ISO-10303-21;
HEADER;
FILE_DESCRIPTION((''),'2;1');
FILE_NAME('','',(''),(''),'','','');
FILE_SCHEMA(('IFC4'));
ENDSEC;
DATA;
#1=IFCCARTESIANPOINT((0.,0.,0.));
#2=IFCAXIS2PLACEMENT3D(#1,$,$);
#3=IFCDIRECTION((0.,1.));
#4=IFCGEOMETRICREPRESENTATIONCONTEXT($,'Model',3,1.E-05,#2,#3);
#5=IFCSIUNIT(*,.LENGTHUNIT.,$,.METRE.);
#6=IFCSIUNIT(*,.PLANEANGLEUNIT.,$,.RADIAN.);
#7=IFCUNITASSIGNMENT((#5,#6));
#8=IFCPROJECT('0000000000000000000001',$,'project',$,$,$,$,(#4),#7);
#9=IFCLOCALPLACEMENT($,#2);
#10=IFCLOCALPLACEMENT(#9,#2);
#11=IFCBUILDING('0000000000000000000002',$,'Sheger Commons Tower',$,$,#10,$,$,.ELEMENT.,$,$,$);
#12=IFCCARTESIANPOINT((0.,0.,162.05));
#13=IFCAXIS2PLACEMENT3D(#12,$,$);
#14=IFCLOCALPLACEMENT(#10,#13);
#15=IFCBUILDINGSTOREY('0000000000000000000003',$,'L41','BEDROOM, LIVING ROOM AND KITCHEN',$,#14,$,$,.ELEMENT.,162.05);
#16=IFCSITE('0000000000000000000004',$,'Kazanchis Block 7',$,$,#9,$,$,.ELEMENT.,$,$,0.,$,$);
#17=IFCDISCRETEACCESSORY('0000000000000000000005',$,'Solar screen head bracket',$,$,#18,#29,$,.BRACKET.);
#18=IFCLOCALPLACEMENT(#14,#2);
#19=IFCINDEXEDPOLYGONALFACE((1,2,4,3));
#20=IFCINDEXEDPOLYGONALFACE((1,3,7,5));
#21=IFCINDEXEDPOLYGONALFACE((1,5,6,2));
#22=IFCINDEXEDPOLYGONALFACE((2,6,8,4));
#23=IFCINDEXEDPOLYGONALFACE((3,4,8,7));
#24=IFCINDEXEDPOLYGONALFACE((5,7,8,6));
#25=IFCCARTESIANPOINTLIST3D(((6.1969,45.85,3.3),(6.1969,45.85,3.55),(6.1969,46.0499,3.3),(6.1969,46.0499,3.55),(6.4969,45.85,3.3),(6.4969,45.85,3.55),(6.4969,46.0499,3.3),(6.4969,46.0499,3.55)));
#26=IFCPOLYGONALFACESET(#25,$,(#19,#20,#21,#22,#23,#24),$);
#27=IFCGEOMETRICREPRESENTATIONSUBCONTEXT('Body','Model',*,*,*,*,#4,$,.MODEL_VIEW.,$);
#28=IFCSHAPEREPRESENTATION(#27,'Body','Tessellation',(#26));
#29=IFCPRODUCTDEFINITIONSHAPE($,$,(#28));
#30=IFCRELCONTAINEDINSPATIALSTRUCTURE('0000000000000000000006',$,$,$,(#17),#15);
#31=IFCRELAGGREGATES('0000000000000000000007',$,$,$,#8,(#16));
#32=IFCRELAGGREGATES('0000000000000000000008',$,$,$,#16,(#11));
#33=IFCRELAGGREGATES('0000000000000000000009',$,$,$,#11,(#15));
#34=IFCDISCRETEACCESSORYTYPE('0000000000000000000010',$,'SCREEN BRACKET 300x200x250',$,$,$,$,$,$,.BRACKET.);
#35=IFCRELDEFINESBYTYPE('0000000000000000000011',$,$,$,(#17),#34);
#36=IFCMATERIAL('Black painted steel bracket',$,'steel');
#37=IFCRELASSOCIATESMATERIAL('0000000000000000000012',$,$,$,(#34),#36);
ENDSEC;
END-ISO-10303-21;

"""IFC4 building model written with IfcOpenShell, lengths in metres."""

from ifc_helpers import new_model, si_unit, direction, frame, origin, origin_2d, place, context, subcontext, project, spatial, rectangle, extrude, material, type_object, element, save


model = new_model("IFC4")

# Units and contexts
model_context = context("Model", 3, precision=1e-05, world=origin(), true_north=direction((0.0, 1.0)))
body_context = subcontext(model_context, "Body", "Model", "MODEL_VIEW")
ifc_project = project(units=[si_unit("LENGTHUNIT", "METRE"), si_unit("PLANEANGLEUNIT", "RADIAN")], contexts=[model_context])

# Site, building, storey
site_placement = place(None, origin())
site = spatial("IfcSite", under=ifc_project, at=site_placement, Name="Kazanchis Block 7", CompositionType="ELEMENT", RefElevation=0.0)
building_placement = place(site_placement, origin())
building = spatial("IfcBuilding", under=site, at=building_placement, Name="Sheger Commons Tower", CompositionType="ELEMENT")
storey_placement = place(building_placement, frame((0.0, 0.0, 162.05)))
storey = spatial("IfcBuildingStorey", under=building, at=storey_placement, Name="L41", Description="BEDROOM, LIVING ROOM AND KITCHEN", CompositionType="ELEMENT", Elevation=162.05)

# Discrete accessory
ifc_material_1 = material(Name="Black painted steel bracket", Category="steel")
discrete_accessory_type = type_object("IfcDiscreteAccessoryType", Name="SCREEN BRACKET 300x200x250", PredefinedType="BRACKET", material=ifc_material_1)
for number, where, z_axis, x_axis, name in (
    (1, (6.3469, 45.95, 3.3), (0.0, 0.0, 1.0), (-1.0, 0.0, 0.0), "Solar screen head bracket"),
):
    element("IfcDiscreteAccessory", number, at=place(storey_placement, frame(where, z_axis=z_axis, x_axis=x_axis)), inside=storey, type_object=discrete_accessory_type, Name=name, PredefinedType="BRACKET", context=body_context, shape_type="SweptSolid", body=[
        extrude(rectangle(XDim=0.3, YDim=0.2, at=origin_2d()), origin(), (0.0, 0.0, 1.0), 0.25),
    ])

save(model, "model.ifc")
